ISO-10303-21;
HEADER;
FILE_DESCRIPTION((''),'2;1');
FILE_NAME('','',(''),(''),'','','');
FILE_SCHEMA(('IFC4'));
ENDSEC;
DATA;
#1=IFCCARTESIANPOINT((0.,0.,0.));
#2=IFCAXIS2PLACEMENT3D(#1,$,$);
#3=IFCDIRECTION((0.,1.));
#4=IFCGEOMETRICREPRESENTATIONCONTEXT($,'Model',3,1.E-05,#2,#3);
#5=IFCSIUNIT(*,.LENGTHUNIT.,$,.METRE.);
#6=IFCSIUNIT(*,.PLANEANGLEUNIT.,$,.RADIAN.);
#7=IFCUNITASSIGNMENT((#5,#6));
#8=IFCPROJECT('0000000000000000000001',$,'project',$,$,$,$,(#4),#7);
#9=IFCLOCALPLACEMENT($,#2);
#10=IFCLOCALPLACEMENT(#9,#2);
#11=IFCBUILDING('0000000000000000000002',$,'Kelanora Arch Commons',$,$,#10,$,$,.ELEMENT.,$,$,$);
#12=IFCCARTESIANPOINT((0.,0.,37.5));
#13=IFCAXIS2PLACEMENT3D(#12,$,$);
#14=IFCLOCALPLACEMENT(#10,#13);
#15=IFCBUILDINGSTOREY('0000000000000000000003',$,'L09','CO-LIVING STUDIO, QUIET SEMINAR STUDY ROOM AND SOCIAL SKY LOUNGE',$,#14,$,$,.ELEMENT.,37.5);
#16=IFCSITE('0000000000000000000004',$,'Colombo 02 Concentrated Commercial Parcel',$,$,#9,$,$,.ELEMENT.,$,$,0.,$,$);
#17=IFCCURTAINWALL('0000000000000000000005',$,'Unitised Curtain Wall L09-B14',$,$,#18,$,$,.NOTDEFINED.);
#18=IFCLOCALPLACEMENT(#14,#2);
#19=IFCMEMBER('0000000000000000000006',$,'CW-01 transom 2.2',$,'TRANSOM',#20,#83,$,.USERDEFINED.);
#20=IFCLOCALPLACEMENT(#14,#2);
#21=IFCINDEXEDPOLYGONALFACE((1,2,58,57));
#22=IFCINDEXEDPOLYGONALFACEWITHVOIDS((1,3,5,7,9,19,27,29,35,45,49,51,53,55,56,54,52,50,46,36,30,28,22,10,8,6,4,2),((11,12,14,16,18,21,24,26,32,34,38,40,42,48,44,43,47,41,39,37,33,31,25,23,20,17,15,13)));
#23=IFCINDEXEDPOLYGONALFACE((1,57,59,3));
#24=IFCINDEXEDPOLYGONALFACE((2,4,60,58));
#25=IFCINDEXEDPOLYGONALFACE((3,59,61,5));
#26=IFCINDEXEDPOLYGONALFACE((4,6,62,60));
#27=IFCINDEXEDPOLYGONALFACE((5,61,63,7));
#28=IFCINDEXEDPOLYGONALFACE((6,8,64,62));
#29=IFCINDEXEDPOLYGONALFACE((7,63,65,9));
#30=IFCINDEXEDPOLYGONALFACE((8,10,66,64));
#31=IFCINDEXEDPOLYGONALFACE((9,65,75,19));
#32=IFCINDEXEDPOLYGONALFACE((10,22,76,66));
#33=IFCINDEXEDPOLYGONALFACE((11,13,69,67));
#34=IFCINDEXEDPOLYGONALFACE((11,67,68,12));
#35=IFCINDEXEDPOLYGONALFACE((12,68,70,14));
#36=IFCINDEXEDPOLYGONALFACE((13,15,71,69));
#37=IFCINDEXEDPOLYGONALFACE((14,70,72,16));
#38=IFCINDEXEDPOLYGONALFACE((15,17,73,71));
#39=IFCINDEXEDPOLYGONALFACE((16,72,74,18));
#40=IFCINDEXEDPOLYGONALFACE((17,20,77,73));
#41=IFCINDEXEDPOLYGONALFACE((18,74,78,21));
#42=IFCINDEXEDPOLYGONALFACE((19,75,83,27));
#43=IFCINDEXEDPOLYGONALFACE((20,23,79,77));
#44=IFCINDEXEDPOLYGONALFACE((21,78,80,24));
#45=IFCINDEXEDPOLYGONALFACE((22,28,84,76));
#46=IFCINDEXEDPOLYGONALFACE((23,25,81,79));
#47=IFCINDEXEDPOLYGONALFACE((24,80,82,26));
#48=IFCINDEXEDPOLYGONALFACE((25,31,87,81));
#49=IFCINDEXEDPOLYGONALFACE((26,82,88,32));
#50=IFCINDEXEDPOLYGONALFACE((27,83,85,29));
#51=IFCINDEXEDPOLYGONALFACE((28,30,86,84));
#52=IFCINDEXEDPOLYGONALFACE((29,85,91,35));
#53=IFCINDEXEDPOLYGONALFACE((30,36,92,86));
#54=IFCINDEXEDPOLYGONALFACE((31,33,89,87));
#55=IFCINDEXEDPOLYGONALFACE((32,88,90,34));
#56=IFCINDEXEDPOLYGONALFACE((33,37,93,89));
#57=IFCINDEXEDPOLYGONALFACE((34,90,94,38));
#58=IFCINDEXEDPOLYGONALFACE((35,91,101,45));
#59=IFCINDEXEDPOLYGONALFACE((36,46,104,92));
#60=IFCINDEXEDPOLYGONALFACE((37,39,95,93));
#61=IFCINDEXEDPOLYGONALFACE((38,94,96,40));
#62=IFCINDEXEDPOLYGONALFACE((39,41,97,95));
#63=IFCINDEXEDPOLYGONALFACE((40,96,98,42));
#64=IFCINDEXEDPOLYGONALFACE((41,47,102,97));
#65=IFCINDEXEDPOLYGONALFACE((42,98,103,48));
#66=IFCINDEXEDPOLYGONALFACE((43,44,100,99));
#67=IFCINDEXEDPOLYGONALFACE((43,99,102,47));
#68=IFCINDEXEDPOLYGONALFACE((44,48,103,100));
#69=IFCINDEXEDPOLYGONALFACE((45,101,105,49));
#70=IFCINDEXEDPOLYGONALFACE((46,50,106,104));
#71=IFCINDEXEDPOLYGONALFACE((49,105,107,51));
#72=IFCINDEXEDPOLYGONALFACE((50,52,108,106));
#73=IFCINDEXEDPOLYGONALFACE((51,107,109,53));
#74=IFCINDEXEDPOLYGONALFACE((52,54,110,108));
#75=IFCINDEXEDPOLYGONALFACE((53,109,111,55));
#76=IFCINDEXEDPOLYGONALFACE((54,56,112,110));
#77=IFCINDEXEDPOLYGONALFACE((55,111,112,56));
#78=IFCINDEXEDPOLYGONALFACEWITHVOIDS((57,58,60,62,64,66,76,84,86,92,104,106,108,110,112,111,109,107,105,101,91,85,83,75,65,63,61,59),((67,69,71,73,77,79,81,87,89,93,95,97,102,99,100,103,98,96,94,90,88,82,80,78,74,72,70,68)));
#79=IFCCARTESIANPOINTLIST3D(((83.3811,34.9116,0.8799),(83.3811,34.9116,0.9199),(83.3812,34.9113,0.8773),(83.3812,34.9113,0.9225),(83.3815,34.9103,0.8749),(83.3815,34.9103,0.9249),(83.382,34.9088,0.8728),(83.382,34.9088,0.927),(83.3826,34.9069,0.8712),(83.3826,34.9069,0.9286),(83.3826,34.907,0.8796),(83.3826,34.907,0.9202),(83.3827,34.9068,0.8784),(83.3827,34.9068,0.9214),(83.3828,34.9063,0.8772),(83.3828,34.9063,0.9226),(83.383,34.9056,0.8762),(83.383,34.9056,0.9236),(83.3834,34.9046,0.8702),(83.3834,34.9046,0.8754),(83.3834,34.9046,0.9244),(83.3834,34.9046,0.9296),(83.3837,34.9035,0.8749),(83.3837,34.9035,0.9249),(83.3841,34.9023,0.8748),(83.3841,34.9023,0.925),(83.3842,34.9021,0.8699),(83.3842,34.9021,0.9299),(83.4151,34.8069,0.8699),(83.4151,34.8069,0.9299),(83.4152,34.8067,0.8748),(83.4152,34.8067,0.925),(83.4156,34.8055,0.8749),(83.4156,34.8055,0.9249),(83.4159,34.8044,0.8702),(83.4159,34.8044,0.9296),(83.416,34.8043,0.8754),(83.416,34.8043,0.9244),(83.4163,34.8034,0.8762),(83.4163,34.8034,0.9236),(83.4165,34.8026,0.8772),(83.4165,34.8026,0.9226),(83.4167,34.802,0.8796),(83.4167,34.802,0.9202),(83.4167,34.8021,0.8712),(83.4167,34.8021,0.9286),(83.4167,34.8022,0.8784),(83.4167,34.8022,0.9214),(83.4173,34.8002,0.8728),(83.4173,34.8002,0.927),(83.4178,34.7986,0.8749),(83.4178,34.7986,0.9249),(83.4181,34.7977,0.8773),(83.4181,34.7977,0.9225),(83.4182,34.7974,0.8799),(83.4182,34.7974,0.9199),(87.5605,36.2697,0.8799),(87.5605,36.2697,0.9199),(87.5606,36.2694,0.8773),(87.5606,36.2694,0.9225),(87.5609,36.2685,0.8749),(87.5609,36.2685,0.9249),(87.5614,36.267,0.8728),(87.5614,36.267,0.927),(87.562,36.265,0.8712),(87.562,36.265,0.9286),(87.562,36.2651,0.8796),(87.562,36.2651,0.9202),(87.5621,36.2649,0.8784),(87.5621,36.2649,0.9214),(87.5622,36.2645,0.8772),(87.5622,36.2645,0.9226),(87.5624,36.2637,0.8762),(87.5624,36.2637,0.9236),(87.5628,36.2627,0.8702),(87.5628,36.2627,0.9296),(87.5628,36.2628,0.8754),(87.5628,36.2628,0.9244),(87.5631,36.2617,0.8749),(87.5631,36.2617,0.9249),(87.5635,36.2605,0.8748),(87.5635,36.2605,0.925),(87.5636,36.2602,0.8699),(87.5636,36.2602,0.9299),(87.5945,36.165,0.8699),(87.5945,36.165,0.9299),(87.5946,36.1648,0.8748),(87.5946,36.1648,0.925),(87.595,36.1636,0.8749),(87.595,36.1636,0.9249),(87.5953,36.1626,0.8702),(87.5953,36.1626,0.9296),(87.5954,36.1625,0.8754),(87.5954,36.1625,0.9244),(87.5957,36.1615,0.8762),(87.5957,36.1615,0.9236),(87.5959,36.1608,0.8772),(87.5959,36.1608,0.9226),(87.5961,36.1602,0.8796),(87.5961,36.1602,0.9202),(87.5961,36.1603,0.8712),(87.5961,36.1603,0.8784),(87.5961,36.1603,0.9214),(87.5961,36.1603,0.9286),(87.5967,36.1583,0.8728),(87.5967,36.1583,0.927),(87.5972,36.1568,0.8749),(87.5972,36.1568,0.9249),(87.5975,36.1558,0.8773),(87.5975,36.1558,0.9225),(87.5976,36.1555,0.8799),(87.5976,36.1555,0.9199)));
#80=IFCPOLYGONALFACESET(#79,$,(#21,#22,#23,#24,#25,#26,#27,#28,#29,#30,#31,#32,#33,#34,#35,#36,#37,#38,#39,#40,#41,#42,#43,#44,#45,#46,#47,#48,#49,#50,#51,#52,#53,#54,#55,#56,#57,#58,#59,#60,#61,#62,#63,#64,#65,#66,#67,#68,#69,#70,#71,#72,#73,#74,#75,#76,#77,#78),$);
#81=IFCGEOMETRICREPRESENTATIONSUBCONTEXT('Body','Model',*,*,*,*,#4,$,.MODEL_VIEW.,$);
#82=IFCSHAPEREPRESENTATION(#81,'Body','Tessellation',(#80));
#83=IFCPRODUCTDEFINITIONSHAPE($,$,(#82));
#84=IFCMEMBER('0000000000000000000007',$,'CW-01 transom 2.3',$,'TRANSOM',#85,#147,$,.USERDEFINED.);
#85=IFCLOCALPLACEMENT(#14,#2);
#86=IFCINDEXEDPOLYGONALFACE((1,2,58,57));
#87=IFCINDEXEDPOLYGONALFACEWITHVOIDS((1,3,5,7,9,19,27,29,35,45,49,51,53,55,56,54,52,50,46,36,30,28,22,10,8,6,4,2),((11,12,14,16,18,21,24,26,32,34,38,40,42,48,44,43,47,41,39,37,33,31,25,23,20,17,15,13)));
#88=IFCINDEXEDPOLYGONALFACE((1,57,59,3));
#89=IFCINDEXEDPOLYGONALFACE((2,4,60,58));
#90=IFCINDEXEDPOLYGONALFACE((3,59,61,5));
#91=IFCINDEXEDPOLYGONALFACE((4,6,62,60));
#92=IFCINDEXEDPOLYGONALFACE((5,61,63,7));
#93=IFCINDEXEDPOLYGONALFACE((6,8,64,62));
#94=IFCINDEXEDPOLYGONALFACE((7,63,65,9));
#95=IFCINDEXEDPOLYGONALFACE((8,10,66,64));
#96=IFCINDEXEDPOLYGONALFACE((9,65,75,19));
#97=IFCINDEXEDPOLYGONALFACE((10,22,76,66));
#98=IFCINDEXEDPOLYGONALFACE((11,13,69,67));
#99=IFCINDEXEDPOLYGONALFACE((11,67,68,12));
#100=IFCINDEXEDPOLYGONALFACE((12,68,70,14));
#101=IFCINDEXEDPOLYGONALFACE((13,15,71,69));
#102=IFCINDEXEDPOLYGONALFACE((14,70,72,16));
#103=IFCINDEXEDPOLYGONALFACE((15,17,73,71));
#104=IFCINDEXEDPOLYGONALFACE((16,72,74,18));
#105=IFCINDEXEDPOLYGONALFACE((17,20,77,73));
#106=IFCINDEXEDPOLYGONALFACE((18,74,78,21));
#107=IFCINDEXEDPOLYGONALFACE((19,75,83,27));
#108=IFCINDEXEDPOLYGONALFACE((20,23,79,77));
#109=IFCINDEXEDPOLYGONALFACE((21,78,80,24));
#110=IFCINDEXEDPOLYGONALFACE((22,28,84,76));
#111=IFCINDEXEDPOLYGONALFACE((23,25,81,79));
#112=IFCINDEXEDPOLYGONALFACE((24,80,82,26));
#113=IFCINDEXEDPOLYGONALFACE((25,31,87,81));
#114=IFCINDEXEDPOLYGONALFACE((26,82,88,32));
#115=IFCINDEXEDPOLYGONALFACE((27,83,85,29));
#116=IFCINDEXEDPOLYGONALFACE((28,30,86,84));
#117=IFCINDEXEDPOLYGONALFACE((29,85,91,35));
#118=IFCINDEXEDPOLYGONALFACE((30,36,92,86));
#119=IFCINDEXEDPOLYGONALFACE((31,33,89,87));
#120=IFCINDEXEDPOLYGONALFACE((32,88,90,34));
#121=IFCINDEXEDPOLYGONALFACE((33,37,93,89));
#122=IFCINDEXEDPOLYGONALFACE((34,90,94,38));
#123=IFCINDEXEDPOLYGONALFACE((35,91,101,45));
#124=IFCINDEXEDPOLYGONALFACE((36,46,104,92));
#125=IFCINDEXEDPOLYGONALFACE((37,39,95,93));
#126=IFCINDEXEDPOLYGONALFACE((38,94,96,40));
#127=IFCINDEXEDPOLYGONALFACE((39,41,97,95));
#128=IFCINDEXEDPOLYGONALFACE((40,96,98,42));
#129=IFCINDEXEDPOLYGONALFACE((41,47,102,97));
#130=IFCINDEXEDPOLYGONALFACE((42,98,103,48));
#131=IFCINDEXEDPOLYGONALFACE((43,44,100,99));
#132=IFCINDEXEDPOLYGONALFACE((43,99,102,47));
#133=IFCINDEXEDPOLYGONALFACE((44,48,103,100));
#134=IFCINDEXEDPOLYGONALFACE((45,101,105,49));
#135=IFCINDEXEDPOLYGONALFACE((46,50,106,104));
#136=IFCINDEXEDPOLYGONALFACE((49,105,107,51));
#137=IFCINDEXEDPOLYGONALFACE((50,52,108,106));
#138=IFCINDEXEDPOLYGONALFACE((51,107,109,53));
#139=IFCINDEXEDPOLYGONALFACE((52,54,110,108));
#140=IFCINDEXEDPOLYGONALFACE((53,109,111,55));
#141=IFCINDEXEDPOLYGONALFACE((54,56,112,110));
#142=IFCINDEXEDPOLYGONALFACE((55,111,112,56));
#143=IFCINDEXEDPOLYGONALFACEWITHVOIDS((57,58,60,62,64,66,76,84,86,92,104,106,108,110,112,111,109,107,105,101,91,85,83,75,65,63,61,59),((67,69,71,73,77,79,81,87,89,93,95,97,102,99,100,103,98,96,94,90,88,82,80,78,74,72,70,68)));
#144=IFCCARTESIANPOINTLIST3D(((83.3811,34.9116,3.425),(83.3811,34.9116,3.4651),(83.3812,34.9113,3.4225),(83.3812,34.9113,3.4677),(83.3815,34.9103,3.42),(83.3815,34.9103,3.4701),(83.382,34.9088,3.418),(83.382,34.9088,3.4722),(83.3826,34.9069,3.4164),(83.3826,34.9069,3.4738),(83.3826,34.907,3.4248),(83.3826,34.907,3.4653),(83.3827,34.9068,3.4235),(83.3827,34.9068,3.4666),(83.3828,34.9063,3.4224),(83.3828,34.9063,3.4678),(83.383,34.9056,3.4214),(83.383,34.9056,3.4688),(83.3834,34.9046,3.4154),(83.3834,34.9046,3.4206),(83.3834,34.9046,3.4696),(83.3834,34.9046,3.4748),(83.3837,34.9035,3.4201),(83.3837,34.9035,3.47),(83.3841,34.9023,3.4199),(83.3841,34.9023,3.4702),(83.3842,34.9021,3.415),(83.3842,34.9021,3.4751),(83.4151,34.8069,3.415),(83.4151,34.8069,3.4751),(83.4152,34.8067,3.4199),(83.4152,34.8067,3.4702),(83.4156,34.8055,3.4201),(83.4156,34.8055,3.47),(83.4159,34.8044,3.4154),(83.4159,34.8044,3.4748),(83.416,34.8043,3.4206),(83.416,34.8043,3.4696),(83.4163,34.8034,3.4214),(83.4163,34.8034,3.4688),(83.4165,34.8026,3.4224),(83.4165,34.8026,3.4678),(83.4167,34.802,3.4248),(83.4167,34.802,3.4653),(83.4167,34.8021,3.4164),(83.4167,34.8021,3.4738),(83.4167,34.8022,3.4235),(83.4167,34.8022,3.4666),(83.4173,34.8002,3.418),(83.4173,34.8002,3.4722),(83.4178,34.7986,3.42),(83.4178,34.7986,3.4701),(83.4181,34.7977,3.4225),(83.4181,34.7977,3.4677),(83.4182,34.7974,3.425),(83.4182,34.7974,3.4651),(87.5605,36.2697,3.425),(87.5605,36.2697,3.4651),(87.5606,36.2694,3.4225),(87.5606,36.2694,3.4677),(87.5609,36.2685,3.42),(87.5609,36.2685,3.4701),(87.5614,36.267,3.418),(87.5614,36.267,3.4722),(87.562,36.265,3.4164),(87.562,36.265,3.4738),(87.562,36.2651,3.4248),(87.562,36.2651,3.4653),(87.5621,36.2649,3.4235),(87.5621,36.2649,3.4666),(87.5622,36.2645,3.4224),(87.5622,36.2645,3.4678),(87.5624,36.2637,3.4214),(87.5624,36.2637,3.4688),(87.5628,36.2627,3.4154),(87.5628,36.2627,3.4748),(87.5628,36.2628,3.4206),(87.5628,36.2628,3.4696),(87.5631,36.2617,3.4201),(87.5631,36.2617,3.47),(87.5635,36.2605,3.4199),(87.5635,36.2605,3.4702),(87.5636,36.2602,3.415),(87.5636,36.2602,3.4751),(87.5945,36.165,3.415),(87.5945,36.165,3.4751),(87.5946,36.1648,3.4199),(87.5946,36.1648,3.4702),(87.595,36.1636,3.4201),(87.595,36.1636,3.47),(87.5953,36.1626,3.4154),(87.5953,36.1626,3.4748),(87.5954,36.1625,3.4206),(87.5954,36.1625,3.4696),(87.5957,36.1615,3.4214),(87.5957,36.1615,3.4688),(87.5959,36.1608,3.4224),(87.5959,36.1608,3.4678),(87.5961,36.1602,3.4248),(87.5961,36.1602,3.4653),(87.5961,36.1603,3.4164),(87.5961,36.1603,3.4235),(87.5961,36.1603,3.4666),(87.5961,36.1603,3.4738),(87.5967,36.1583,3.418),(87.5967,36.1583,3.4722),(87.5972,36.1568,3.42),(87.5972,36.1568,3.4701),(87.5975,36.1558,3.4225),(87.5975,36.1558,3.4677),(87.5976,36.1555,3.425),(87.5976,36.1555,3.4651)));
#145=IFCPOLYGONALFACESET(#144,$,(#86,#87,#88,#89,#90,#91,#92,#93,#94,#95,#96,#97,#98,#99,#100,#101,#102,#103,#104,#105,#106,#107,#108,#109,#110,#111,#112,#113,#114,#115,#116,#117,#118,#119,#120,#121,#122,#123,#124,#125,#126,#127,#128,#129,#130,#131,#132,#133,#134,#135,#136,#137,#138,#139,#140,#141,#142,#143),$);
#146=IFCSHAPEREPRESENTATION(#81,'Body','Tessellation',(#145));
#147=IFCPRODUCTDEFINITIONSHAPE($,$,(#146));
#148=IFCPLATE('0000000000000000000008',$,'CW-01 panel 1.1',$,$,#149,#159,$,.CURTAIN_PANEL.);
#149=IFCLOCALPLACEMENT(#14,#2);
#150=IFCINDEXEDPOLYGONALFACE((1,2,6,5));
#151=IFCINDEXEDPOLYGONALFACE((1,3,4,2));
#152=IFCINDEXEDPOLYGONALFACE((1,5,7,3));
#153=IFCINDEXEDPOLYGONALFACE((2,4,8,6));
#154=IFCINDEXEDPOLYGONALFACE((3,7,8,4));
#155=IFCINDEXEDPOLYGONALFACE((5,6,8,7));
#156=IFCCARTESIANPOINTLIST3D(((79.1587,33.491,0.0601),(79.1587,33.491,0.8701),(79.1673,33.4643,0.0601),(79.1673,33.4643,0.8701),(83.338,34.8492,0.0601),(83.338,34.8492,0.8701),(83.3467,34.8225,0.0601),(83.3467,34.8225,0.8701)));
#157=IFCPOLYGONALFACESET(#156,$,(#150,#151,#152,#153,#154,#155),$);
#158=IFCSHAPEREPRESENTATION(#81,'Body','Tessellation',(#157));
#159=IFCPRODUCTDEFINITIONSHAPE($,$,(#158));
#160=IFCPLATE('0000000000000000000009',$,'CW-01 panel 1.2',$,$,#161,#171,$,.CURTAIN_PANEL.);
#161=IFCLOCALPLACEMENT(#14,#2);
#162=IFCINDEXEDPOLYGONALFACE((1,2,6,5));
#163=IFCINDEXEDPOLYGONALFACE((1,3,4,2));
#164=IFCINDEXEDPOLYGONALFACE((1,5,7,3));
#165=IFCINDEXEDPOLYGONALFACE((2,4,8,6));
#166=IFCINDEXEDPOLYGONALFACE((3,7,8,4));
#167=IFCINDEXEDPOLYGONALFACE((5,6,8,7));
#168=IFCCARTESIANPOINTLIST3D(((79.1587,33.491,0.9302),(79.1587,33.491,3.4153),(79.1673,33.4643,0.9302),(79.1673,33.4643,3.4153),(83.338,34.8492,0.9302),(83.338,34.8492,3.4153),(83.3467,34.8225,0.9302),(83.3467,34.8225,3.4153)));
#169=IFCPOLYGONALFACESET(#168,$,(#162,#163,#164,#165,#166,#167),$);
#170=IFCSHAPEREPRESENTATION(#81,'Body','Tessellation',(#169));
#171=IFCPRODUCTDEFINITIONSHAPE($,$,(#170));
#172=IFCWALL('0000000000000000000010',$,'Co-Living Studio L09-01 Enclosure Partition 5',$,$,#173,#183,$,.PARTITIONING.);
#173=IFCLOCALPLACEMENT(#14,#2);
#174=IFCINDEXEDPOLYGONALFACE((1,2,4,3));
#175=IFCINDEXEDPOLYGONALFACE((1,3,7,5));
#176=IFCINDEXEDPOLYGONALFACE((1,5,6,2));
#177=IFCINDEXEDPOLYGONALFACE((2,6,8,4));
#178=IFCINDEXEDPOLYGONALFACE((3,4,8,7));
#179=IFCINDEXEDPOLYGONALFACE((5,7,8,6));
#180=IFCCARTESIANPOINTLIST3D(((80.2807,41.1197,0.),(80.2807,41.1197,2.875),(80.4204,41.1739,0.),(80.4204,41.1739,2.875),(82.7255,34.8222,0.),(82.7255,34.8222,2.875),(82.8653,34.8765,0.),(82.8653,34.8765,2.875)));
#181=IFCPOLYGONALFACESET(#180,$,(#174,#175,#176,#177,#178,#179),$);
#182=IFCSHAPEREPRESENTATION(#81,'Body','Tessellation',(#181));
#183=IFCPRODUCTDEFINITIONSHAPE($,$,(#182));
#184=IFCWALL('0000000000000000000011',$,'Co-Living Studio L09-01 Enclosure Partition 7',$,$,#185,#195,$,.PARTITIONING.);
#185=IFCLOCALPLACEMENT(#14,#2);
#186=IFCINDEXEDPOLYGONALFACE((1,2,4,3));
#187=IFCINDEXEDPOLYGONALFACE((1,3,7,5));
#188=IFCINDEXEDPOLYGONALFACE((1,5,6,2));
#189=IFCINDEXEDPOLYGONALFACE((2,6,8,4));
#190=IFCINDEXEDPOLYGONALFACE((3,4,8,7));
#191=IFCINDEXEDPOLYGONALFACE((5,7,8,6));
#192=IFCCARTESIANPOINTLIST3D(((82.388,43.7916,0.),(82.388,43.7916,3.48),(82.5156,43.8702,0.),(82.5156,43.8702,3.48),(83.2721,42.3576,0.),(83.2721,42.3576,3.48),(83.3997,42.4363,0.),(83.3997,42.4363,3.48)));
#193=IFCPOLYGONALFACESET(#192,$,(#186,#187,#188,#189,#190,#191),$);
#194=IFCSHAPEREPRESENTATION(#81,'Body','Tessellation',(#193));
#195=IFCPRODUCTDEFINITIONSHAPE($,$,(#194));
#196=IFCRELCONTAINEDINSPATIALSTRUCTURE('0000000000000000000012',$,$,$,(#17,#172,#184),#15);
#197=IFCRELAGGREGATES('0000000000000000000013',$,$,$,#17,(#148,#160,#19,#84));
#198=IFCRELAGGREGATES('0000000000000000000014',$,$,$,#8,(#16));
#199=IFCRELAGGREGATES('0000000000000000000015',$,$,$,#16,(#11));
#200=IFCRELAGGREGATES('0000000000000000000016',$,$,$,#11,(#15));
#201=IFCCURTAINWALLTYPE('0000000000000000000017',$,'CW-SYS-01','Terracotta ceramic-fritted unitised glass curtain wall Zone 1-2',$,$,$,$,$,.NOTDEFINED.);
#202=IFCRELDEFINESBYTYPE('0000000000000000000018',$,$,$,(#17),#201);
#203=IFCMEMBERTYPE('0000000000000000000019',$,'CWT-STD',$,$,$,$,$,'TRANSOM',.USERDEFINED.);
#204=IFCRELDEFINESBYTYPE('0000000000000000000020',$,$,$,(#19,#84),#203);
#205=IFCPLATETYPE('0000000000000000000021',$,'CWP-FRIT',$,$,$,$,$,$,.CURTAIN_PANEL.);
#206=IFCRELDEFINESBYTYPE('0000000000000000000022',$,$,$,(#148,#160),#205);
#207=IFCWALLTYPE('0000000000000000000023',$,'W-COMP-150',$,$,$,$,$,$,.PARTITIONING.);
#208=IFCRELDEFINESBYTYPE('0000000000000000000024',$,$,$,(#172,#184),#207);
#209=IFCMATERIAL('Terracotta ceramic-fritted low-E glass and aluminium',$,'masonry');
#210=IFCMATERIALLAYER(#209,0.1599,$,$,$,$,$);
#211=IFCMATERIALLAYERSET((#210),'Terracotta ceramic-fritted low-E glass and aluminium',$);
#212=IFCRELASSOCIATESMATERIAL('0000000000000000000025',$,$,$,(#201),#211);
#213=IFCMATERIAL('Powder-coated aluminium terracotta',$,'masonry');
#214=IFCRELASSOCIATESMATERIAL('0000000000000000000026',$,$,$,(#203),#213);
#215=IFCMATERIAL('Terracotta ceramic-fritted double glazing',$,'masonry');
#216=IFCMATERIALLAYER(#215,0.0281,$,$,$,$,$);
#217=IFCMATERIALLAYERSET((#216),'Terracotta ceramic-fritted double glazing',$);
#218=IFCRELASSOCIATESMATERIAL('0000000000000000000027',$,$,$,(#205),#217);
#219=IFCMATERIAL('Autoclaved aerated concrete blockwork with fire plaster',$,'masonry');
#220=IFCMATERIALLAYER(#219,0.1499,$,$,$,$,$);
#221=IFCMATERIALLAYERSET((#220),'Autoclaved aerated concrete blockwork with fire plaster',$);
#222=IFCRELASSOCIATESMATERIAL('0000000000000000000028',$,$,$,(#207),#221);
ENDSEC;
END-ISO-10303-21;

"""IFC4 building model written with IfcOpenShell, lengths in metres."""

from ifc_helpers import new_model, si_unit, direction, frame, frame_2d, origin, origin_2d, place, context, subcontext, project, spatial, rectangle, hollow_rectangle, extrude, source, transform, mapped, material, layer, layer_set, material_profile, profile_set, type_object, element, aggregate, save


model = new_model("IFC4")

# Units and contexts
model_context = context("Model", 3, precision=1e-05, world=origin(), true_north=direction((0.0, 1.0)))
body_context = subcontext(model_context, "Body", "Model", "MODEL_VIEW")
ifc_project = project(units=[si_unit("LENGTHUNIT", "METRE"), si_unit("PLANEANGLEUNIT", "RADIAN")], contexts=[model_context])

# Site, building, storey
site_placement = place(None, origin())
site = spatial("IfcSite", under=ifc_project, at=site_placement, Name="Colombo 02 Concentrated Commercial Parcel", CompositionType="ELEMENT", RefElevation=0.0)
building_placement = place(site_placement, origin())
building = spatial("IfcBuilding", under=site, at=building_placement, Name="Kelanora Arch Commons", CompositionType="ELEMENT")
storey_placement = place(building_placement, frame((0.0, 0.0, 37.5)))
storey = spatial("IfcBuildingStorey", under=building, at=storey_placement, Name="L09", Description="CO-LIVING STUDIO, QUIET SEMINAR STUDY ROOM AND SOCIAL SKY LOUNGE", CompositionType="ELEMENT", Elevation=37.5)

# Curtain wall, members, plates
ifc_material_1 = material(Name="Terracotta ceramic-fritted low-E glass and aluminium", Category="masonry")
ifc_layer_1 = layer(ifc_material_1, 0.1599)
ifc_layer_set_1 = layer_set([ifc_layer_1], Name="Terracotta ceramic-fritted low-E glass and aluminium")
curtain_wall_type = type_object("IfcCurtainWallType", Name="CW-SYS-01", Description="Terracotta ceramic-fritted unitised glass curtain wall Zone 1-2", PredefinedType="NOTDEFINED", material=ifc_layer_set_1)
curtain_wall_placement = place(storey_placement, origin())
curtain_wall = element("IfcCurtainWall", 1, at=curtain_wall_placement, inside=storey, type_object=curtain_wall_type, Name="Unitised Curtain Wall L09-B14", PredefinedType="NOTDEFINED")
ifc_material_2 = material(Name="Powder-coated aluminium terracotta", Category="masonry")
ifc_material_profile_1 = material_profile(ifc_material_2, hollow_rectangle(XDim=0.1201, YDim=0.0601, WallThickness=0.0049, InnerFilletRadius=0.0049, OuterFilletRadius=0.01, at=origin_2d()), Name="CWT120x60")
ifc_profile_set_1 = profile_set([ifc_material_profile_1], Name="Powder-coated aluminium terracotta")
member_type_1 = type_object("IfcMemberType", Name="CWT-STD", ElementType="TRANSOM", PredefinedType="USERDEFINED", material=ifc_profile_set_1)
member_1_placement = place(storey_placement, frame((83.3997, 34.8545, 0.8999), z_axis=(0.951045, 0.309052, 0.0), x_axis=(-0.309052, 0.951045, 0.0)))
member_1 = element("IfcMember", 2, at=member_1_placement, type_object=member_type_1, Name="CW-01 transom 2.2", ObjectType="TRANSOM", PredefinedType="USERDEFINED", context=body_context, shape_type="SweptSolid", body=[
    extrude(hollow_rectangle(XDim=0.1201, YDim=0.0601, WallThickness=0.0049, InnerFilletRadius=0.0049, OuterFilletRadius=0.01, at=origin_2d()), origin(), (0.0, 0.0, 1.0), 4.3945),
])
member_2_placement = place(storey_placement, frame((83.3997, 34.8545, 3.4451), z_axis=(0.951045, 0.309052, 0.0), x_axis=(-0.309052, 0.951045, 0.0)))
member_2 = element("IfcMember", 3, at=member_2_placement, type_object=member_type_1, Name="CW-01 transom 2.3", ObjectType="TRANSOM", PredefinedType="USERDEFINED", context=body_context, shape_type="SweptSolid", body=[
    extrude(hollow_rectangle(XDim=0.1201, YDim=0.0601, WallThickness=0.0049, InnerFilletRadius=0.0049, OuterFilletRadius=0.01, at=origin_2d()), origin(), (0.0, 0.0, 1.0), 4.3945),
])
ifc_material_3 = material(Name="Terracotta ceramic-fritted double glazing", Category="masonry")
ifc_layer_2 = layer(ifc_material_3, 0.0281)
ifc_layer_set_2 = layer_set([ifc_layer_2], Name="Terracotta ceramic-fritted double glazing")
plate_type = type_object("IfcPlateType", Name="CWP-FRIT", PredefinedType="CURTAIN_PANEL", material=ifc_layer_set_2)
shared_shape_1 = source(origin(), body_context, "Body", "SweptSolid", [
    extrude(rectangle(XDim=4.3945, YDim=0.0281, at=origin_2d()), origin(), (0.0, 0.0, 1.0), 0.8101),
])
plate_1_placement = place(storey_placement, frame((81.2527, 34.1567, 0.0601), z_axis=(0.0, 0.0, 1.0), x_axis=(0.951043, 0.309058, 0.0)))
plate_1 = element("IfcPlate", 4, at=plate_1_placement, type_object=plate_type, Name="CW-01 panel 1.1", PredefinedType="CURTAIN_PANEL", context=body_context, shape_type="MappedRepresentation", body=[
    mapped(shared_shape_1, transform((0.0, 0.0, 0.0), scale=1.0)),
])
shared_shape_2 = source(origin(), body_context, "Body", "SweptSolid", [
    extrude(rectangle(XDim=4.3945, YDim=0.0281, at=origin_2d()), origin(), (0.0, 0.0, 1.0), 2.4851),
])
plate_2_placement = place(storey_placement, frame((81.2527, 34.1567, 0.9302), z_axis=(0.0, 0.0, 1.0), x_axis=(0.951043, 0.309058, 0.0)))
plate_2 = element("IfcPlate", 5, at=plate_2_placement, type_object=plate_type, Name="CW-01 panel 1.2", PredefinedType="CURTAIN_PANEL", context=body_context, shape_type="MappedRepresentation", body=[
    mapped(shared_shape_2, transform((0.0, 0.0, 0.0), scale=1.0)),
])
aggregate(curtain_wall, [plate_1, plate_2, member_1, member_2])

# Walls
ifc_material_4 = material(Name="Autoclaved aerated concrete blockwork with fire plaster", Category="masonry")
ifc_layer_3 = layer(ifc_material_4, 0.1499)
ifc_layer_set_3 = layer_set([ifc_layer_3], Name="Autoclaved aerated concrete blockwork with fire plaster")
wall_type_1 = type_object("IfcWallType", Name="W-COMP-150", PredefinedType="PARTITIONING", material=ifc_layer_set_3)
wall_1_placement = place(storey_placement, frame((82.7954, 34.8494, 0.0), z_axis=(0.0, 0.0, 1.0), x_axis=(-0.361913, 0.932212, 0.0)))
element("IfcWall", 6, at=wall_1_placement, inside=storey, type_object=wall_type_1, Name="Co-Living Studio L09-01 Enclosure Partition 5", PredefinedType="PARTITIONING", context=body_context, shape_type="SweptSolid", body=[
    extrude(rectangle(XDim=6.7554, YDim=0.1499, at=frame_2d((3.3777, 0.0))), origin(), (0.0, 0.0, 1.0), 2.875),
])
wall_2_placement = place(storey_placement, frame((83.3359, 42.397, 0.0), z_axis=(0.0, 0.0, 1.0), x_axis=(-0.524817, 0.851215, 0.0)))
element("IfcWall", 7, at=wall_2_placement, inside=storey, type_object=wall_type_1, Name="Co-Living Studio L09-01 Enclosure Partition 7", PredefinedType="PARTITIONING", context=body_context, shape_type="SweptSolid", body=[
    extrude(rectangle(XDim=1.6846, YDim=0.1499, at=frame_2d((0.8423, 0.0))), origin(), (0.0, 0.0, 1.0), 3.48),
])

save(model, "model.ifc")
